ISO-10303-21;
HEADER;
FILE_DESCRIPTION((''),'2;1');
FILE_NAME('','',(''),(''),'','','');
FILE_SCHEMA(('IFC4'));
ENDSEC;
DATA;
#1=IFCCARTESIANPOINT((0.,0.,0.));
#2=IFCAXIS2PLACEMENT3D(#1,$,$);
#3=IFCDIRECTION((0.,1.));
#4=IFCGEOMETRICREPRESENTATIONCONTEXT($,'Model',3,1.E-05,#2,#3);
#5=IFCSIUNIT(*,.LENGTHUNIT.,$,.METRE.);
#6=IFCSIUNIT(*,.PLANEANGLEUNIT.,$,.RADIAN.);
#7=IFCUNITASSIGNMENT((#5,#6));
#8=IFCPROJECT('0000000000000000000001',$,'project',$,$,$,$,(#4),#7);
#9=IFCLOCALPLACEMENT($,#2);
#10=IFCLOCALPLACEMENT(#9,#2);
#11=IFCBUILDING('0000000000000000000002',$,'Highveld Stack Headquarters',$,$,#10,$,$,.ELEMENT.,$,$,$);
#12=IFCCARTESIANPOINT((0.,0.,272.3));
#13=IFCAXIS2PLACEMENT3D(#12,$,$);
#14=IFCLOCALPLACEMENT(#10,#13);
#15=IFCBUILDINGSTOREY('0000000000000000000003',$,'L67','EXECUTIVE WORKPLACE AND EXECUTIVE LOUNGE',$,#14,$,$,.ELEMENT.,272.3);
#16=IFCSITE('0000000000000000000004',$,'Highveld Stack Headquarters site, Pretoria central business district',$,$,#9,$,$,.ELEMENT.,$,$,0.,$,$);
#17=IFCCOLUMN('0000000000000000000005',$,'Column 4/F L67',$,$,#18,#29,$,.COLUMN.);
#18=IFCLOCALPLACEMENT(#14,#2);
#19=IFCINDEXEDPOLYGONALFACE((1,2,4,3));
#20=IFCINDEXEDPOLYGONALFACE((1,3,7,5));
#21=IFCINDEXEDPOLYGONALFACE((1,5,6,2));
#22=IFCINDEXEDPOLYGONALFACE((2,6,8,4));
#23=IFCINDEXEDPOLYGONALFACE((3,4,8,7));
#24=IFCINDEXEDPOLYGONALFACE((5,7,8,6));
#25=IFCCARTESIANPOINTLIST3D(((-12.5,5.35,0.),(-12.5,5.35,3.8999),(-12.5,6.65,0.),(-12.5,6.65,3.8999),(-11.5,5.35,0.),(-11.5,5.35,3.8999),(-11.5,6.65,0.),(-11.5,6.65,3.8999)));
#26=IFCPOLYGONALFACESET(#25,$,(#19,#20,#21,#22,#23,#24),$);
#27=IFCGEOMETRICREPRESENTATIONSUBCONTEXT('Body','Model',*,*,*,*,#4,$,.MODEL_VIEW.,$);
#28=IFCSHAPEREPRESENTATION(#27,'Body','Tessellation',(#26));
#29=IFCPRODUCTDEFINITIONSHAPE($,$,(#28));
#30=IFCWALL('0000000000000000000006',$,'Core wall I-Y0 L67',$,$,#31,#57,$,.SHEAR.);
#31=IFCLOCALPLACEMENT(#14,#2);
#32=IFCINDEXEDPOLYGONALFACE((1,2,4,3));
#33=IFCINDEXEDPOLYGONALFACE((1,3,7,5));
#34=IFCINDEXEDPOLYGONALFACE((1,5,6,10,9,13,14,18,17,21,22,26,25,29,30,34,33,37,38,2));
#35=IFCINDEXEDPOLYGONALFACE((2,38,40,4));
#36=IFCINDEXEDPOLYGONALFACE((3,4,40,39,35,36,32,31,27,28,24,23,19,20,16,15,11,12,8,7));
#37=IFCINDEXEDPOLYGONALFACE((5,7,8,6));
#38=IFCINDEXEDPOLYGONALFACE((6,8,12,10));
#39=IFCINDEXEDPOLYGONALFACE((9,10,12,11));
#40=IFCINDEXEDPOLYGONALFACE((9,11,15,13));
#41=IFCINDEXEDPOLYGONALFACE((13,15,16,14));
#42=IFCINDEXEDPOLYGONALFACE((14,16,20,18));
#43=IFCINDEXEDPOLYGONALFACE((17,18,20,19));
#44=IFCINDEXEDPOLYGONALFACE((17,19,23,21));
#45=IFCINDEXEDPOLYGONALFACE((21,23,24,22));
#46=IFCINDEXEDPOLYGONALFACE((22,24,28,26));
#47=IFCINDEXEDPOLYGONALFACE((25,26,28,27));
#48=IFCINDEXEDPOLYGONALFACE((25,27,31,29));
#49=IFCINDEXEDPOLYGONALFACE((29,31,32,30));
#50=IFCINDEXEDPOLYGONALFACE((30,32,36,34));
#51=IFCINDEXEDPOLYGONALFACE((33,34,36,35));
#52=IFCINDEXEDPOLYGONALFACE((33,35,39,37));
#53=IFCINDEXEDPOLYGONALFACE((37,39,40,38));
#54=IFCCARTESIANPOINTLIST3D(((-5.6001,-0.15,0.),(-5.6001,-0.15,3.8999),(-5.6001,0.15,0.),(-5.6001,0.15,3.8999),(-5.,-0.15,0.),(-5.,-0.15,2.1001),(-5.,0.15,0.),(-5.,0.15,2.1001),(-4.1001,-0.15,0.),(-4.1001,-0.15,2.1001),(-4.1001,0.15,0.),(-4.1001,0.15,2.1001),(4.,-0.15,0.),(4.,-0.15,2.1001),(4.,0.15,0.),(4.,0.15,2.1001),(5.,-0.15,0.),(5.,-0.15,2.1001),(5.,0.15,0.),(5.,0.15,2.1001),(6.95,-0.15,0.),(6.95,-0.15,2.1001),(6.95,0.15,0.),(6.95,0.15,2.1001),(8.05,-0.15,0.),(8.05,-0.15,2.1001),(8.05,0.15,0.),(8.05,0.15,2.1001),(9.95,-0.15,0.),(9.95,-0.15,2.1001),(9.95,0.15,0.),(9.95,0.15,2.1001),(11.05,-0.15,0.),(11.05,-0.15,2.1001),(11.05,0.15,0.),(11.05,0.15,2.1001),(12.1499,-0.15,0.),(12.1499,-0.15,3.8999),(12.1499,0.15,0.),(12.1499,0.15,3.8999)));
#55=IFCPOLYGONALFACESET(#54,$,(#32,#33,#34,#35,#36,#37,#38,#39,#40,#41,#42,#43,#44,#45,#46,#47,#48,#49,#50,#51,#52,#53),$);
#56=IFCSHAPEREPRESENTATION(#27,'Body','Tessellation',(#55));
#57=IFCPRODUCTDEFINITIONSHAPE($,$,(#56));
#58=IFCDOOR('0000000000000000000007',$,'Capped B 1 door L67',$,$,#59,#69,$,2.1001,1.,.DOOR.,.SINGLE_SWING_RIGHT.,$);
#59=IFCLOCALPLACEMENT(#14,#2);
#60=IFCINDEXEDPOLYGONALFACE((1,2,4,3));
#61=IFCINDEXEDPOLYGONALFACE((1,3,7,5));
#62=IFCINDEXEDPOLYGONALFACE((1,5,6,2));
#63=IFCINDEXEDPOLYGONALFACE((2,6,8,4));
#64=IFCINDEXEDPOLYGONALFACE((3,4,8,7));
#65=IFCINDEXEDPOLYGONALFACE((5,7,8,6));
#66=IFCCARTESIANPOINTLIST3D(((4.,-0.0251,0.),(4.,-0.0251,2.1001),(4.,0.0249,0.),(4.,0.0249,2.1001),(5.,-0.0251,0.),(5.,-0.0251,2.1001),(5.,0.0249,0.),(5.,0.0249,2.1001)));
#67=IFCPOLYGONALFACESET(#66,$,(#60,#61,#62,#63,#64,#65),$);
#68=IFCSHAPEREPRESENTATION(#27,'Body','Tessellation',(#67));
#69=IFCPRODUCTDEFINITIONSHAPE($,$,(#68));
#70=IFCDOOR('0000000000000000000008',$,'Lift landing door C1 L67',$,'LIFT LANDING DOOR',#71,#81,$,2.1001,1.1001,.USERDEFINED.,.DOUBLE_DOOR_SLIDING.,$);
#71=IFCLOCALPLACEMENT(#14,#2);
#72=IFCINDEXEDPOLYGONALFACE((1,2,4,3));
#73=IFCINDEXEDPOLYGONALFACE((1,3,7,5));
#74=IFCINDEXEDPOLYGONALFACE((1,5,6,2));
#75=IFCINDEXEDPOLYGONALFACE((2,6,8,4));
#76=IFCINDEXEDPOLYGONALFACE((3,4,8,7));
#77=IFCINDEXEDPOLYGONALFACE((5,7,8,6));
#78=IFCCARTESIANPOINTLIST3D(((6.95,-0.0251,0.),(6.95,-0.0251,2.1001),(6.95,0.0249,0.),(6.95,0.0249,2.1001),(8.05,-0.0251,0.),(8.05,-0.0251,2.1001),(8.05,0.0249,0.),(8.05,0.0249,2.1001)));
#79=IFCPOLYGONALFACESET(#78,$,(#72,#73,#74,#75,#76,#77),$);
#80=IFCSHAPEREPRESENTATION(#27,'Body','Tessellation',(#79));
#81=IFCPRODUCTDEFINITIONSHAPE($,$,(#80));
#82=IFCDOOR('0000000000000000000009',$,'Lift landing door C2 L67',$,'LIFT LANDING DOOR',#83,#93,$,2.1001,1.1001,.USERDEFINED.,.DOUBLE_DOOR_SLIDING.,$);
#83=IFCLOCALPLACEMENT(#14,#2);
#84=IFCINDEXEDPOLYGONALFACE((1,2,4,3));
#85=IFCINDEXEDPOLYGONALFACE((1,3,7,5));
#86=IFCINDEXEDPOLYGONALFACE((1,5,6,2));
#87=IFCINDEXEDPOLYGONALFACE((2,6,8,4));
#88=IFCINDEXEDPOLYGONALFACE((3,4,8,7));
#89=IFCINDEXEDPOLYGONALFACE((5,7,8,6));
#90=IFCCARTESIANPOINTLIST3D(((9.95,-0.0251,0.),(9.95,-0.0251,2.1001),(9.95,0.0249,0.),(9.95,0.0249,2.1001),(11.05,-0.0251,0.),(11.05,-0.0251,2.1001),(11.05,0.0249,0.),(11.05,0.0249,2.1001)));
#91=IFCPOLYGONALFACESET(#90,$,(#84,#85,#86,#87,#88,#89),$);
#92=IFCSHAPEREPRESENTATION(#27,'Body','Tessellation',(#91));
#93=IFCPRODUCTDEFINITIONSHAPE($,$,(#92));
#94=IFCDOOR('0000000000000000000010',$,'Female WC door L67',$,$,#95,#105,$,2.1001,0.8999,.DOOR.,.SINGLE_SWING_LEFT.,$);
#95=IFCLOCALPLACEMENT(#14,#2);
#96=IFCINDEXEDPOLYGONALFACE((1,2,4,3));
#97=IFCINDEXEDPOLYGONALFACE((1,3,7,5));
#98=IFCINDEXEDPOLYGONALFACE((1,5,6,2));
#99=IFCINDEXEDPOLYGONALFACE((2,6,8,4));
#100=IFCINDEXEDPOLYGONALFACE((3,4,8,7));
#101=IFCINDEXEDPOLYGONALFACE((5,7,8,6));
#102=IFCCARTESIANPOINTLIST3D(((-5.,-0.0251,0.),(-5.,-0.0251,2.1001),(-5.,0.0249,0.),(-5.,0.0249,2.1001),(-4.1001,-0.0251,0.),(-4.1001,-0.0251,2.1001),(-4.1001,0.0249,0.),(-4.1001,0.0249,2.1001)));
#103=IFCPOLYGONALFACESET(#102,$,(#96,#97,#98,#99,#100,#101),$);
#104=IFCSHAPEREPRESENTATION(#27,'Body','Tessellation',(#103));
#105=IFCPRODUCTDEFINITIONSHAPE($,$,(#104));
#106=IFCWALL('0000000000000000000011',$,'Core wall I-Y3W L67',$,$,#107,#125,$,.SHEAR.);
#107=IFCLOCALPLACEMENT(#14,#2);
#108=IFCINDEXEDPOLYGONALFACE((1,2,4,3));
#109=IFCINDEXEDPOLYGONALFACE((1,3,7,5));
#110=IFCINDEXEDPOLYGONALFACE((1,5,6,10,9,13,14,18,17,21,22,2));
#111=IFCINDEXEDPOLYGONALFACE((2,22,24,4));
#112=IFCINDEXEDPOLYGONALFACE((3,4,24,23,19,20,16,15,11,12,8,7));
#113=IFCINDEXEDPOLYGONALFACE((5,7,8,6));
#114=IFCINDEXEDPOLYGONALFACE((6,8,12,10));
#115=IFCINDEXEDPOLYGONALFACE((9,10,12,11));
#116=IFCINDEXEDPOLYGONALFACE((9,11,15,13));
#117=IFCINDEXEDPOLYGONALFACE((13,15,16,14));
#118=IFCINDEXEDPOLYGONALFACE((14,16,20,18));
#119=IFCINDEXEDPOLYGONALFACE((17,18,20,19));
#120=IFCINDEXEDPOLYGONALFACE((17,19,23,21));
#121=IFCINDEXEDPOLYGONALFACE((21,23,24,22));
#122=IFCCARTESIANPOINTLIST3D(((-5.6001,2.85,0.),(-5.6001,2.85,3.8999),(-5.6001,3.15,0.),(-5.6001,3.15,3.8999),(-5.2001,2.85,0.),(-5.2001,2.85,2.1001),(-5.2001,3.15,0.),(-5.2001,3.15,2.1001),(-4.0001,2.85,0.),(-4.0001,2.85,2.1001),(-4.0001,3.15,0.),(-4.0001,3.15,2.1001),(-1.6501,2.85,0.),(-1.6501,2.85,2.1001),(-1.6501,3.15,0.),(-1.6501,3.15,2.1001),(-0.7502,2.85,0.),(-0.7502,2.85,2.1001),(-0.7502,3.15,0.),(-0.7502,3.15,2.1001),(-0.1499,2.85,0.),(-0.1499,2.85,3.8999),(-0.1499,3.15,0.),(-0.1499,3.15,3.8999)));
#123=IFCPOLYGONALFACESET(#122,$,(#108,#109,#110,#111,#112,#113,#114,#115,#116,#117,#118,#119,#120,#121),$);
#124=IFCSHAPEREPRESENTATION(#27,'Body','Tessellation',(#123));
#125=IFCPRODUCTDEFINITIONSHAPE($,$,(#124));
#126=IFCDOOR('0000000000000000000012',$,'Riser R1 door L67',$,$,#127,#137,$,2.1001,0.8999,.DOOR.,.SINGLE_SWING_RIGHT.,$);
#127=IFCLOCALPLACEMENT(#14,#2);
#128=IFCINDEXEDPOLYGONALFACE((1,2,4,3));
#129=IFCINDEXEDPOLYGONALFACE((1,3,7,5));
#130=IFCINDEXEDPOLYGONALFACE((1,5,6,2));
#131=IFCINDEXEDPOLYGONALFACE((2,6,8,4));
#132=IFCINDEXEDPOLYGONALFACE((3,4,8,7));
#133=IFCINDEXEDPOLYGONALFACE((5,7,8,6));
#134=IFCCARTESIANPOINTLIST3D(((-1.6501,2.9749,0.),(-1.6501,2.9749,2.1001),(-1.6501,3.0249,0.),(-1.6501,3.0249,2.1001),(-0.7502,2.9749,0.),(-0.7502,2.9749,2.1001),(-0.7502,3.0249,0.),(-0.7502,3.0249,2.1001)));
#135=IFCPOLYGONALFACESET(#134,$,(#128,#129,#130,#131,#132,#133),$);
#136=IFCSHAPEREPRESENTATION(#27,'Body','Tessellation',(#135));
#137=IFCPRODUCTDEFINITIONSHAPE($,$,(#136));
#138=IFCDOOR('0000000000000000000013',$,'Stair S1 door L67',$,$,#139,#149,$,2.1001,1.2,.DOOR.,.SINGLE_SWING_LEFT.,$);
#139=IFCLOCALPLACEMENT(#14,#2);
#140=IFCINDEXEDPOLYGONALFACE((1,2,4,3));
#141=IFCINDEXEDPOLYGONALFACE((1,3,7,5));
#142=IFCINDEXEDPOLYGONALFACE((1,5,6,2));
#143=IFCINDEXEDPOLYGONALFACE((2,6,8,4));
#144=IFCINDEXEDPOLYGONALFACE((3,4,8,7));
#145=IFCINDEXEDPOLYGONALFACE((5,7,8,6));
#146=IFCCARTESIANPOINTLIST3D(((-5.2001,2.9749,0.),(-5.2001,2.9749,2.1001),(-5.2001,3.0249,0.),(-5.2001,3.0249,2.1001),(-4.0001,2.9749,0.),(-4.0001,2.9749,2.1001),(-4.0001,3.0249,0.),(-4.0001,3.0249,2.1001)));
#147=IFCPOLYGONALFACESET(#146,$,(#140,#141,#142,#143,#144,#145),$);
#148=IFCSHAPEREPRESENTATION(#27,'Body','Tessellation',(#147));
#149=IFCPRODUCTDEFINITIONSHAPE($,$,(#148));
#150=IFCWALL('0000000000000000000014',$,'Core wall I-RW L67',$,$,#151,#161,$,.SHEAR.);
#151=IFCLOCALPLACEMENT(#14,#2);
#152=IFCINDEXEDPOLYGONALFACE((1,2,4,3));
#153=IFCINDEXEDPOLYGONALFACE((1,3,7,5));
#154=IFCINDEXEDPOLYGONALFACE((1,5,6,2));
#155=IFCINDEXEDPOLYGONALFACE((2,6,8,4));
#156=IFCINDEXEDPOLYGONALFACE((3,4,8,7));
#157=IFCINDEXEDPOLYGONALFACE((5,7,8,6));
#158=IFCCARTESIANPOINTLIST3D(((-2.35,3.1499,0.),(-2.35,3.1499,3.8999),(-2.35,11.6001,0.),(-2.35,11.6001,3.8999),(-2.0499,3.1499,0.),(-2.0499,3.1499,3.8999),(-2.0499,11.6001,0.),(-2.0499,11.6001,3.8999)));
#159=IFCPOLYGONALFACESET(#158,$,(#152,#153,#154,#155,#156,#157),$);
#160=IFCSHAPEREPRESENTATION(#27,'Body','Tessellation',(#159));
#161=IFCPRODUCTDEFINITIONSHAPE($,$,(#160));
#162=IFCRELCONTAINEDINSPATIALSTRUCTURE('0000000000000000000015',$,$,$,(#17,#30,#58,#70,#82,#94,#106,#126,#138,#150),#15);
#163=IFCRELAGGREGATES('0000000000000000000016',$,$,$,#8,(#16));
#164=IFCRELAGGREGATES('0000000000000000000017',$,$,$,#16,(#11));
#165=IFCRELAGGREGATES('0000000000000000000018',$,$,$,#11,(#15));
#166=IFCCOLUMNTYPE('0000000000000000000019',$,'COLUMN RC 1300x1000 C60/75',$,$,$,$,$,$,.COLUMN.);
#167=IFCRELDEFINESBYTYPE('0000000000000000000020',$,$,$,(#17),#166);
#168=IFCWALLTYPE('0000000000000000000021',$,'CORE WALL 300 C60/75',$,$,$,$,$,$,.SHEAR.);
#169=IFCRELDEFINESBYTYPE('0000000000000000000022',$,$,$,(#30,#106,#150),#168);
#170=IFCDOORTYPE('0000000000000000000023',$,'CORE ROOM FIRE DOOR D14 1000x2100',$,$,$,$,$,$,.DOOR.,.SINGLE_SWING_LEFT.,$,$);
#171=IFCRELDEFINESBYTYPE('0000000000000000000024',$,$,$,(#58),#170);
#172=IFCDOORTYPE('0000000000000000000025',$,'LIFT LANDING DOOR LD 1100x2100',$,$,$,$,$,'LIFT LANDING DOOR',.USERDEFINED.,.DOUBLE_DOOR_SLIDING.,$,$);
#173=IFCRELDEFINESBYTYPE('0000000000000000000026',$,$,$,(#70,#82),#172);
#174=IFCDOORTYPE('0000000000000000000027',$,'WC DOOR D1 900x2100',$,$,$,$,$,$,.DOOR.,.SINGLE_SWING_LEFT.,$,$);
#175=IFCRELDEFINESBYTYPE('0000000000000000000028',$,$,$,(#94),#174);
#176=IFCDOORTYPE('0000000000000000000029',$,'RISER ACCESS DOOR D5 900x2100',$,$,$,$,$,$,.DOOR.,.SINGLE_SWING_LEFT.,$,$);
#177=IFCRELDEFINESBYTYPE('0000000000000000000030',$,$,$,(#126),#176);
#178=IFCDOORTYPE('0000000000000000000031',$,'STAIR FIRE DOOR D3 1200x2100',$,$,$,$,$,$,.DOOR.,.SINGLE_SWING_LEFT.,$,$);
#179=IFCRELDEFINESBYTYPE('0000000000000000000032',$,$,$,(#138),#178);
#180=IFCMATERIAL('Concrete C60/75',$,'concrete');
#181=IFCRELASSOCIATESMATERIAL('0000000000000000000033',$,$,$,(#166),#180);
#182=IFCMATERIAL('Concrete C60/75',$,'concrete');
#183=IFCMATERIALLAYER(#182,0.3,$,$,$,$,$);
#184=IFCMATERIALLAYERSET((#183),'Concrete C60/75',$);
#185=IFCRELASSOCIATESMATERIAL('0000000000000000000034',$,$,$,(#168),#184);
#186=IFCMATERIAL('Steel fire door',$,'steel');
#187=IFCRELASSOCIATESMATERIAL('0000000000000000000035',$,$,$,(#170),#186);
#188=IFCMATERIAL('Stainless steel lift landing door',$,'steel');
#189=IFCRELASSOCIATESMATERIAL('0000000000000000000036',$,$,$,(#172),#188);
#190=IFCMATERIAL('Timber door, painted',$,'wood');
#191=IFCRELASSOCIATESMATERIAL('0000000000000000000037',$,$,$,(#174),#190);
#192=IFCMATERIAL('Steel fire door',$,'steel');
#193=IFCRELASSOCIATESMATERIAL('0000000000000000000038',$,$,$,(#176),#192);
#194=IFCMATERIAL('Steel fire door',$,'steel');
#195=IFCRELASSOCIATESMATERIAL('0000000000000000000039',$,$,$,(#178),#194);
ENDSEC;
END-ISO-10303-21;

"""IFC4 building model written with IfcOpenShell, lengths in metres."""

from ifc_helpers import new_model, si_unit, direction, frame, frame_2d, origin, origin_2d, place, context, subcontext, project, spatial, rectangle, extrude, material, layer, layer_set, material_profile, profile_set, type_object, element, fill, save


model = new_model("IFC4")

# Units and contexts
model_context = context("Model", 3, precision=1e-05, world=origin(), true_north=direction((0.0, 1.0)))
body_context = subcontext(model_context, "Body", "Model", "MODEL_VIEW")
ifc_project = project(units=[si_unit("LENGTHUNIT", "METRE"), si_unit("PLANEANGLEUNIT", "RADIAN")], contexts=[model_context])

# Site, building, storey
site_placement = place(None, origin())
site = spatial("IfcSite", under=ifc_project, at=site_placement, Name="Highveld Stack Headquarters site, Pretoria central business district", CompositionType="ELEMENT", RefElevation=0.0)
building_placement = place(site_placement, origin())
building = spatial("IfcBuilding", under=site, at=building_placement, Name="Highveld Stack Headquarters", CompositionType="ELEMENT")
storey_placement = place(building_placement, frame((0.0, 0.0, 272.3)))
storey = spatial("IfcBuildingStorey", under=building, at=storey_placement, Name="L67", Description="EXECUTIVE WORKPLACE AND EXECUTIVE LOUNGE", CompositionType="ELEMENT", Elevation=272.3)

# Column
ifc_material_1 = material(Name="Concrete C60/75", Category="concrete")
ifc_material_profile = material_profile(ifc_material_1, rectangle(XDim=1.3, YDim=1.0, at=origin_2d()), Name="RC 1300x1000")
ifc_profile_set = profile_set([ifc_material_profile], Name="Concrete C60/75")
column_type = type_object("IfcColumnType", Name="COLUMN RC 1300x1000 C60/75", PredefinedType="COLUMN", material=ifc_profile_set)
column_placement = place(storey_placement, frame((-12.0, 6.0, 0.0), z_axis=(0.0, 0.0, 1.0), x_axis=(0.0, 1.0, 0.0)))
element("IfcColumn", 1, at=column_placement, inside=storey, type_object=column_type, Name="Column 4/F L67", PredefinedType="COLUMN", context=body_context, shape_type="SweptSolid", body=[
    extrude(rectangle(XDim=1.3, YDim=1.0, at=origin_2d()), origin(), (0.0, 0.0, 1.0), 3.8999),
])

# Walls, openings, doors
ifc_material_2 = material(Name="Concrete C60/75", Category="concrete")
ifc_layer = layer(ifc_material_2, 0.3)
ifc_layer_set = layer_set([ifc_layer], Name="Concrete C60/75")
wall_type = type_object("IfcWallType", Name="CORE WALL 300 C60/75", PredefinedType="SHEAR", material=ifc_layer_set)
wall_1_placement = place(storey_placement, frame((-5.6001, 0.0, 0.0), z_axis=(0.0, 0.0, 1.0), x_axis=(1.0, 0.0, 0.0)))
wall_1 = element("IfcWall", 2, at=wall_1_placement, inside=storey, type_object=wall_type, Name="Core wall I-Y0 L67", PredefinedType="SHEAR", context=body_context, shape_type="SweptSolid", body=[
    extrude(rectangle(XDim=17.75, YDim=0.3, at=frame_2d((8.875, 0.0))), origin(), (0.0, 0.0, 1.0), 3.8999),
])
opening_1_placement = place(wall_1_placement, frame((0.6001, 0.0, 0.0)))
opening_1 = element("IfcOpeningElement", 3, at=opening_1_placement, cuts=wall_1, PredefinedType="OPENING", context=body_context, shape_type="SweptSolid", body=[
    extrude(rectangle(XDim=0.8999, YDim=2.1001, at=frame_2d((0.45, 1.05))), frame((0.0, 0.1599, 0.0), z_axis=(0.0, -1.0, 0.0), x_axis=(1.0, 0.0, 0.0)), (0.0, 0.0, 1.0), 0.3201),
])
opening_2_placement = place(wall_1_placement, frame((9.6001, 0.0, 0.0)))
opening_2 = element("IfcOpeningElement", 4, at=opening_2_placement, cuts=wall_1, PredefinedType="OPENING", context=body_context, shape_type="SweptSolid", body=[
    extrude(rectangle(XDim=1.0, YDim=2.1001, at=frame_2d((0.5, 1.05))), frame((0.0, 0.1599, 0.0), z_axis=(0.0, -1.0, 0.0), x_axis=(1.0, 0.0, 0.0)), (0.0, 0.0, 1.0), 0.3201),
])
opening_3_placement = place(wall_1_placement, frame((12.55, 0.0, 0.0)))
opening_3 = element("IfcOpeningElement", 5, at=opening_3_placement, cuts=wall_1, PredefinedType="OPENING", context=body_context, shape_type="SweptSolid", body=[
    extrude(rectangle(XDim=1.1001, YDim=2.1001, at=frame_2d((0.55, 1.05))), frame((0.0, 0.1599, 0.0), z_axis=(0.0, -1.0, 0.0), x_axis=(1.0, 0.0, 0.0)), (0.0, 0.0, 1.0), 0.3201),
])
opening_4_placement = place(wall_1_placement, frame((15.55, 0.0, 0.0)))
opening_4 = element("IfcOpeningElement", 6, at=opening_4_placement, cuts=wall_1, PredefinedType="OPENING", context=body_context, shape_type="SweptSolid", body=[
    extrude(rectangle(XDim=1.1001, YDim=2.1001, at=frame_2d((0.55, 1.05))), frame((0.0, 0.1599, 0.0), z_axis=(0.0, -1.0, 0.0), x_axis=(1.0, 0.0, 0.0)), (0.0, 0.0, 1.0), 0.3201),
])
ifc_material_3 = material(Name="Steel fire door", Category="steel")
door_type_1 = type_object("IfcDoorType", Name="CORE ROOM FIRE DOOR D14 1000x2100", OperationType="SINGLE_SWING_LEFT", PredefinedType="DOOR", material=ifc_material_3)
door_1_placement = place(opening_2_placement, origin())
door_1 = element("IfcDoor", 7, at=door_1_placement, inside=storey, type_object=door_type_1, Name="Capped B 1 door L67", OperationType="SINGLE_SWING_RIGHT", OverallHeight=2.1001, OverallWidth=1.0, PredefinedType="DOOR", context=body_context, shape_type="SweptSolid", body=[
    extrude(rectangle(XDim=1.0, YDim=2.1001, at=frame_2d((0.5, 1.05))), frame((0.0, 0.0249, 0.0), z_axis=(0.0, -1.0, 0.0), x_axis=(1.0, 0.0, 0.0)), (0.0, 0.0, 1.0), 0.05),
])
fill(opening_2, door_1)
ifc_material_4 = material(Name="Stainless steel lift landing door", Category="steel")
door_type_2 = type_object("IfcDoorType", Name="LIFT LANDING DOOR LD 1100x2100", ElementType="LIFT LANDING DOOR", OperationType="DOUBLE_DOOR_SLIDING", PredefinedType="USERDEFINED", material=ifc_material_4)
door_2_placement = place(opening_3_placement, origin())
door_2 = element("IfcDoor", 8, at=door_2_placement, inside=storey, type_object=door_type_2, Name="Lift landing door C1 L67", ObjectType="LIFT LANDING DOOR", OperationType="DOUBLE_DOOR_SLIDING", OverallHeight=2.1001, OverallWidth=1.1001, PredefinedType="USERDEFINED", context=body_context, shape_type="SweptSolid", body=[
    extrude(rectangle(XDim=1.1001, YDim=2.1001, at=frame_2d((0.55, 1.05))), frame((0.0, 0.0249, 0.0), z_axis=(0.0, -1.0, 0.0), x_axis=(1.0, 0.0, 0.0)), (0.0, 0.0, 1.0), 0.05),
])
fill(opening_3, door_2)
door_3_placement = place(opening_4_placement, origin())
door_3 = element("IfcDoor", 9, at=door_3_placement, inside=storey, type_object=door_type_2, Name="Lift landing door C2 L67", ObjectType="LIFT LANDING DOOR", OperationType="DOUBLE_DOOR_SLIDING", OverallHeight=2.1001, OverallWidth=1.1001, PredefinedType="USERDEFINED", context=body_context, shape_type="SweptSolid", body=[
    extrude(rectangle(XDim=1.1001, YDim=2.1001, at=frame_2d((0.55, 1.05))), frame((0.0, 0.0249, 0.0), z_axis=(0.0, -1.0, 0.0), x_axis=(1.0, 0.0, 0.0)), (0.0, 0.0, 1.0), 0.05),
])
fill(opening_4, door_3)
ifc_material_5 = material(Name="Timber door, painted", Category="wood")
door_type_3 = type_object("IfcDoorType", Name="WC DOOR D1 900x2100", OperationType="SINGLE_SWING_LEFT", PredefinedType="DOOR", material=ifc_material_5)
door_4_placement = place(opening_1_placement, origin())
door_4 = element("IfcDoor", 10, at=door_4_placement, inside=storey, type_object=door_type_3, Name="Female WC door L67", OperationType="SINGLE_SWING_LEFT", OverallHeight=2.1001, OverallWidth=0.8999, PredefinedType="DOOR", context=body_context, shape_type="SweptSolid", body=[
    extrude(rectangle(XDim=0.8999, YDim=2.1001, at=frame_2d((0.45, 1.05))), frame((0.0, 0.0249, 0.0), z_axis=(0.0, -1.0, 0.0), x_axis=(1.0, 0.0, 0.0)), (0.0, 0.0, 1.0), 0.05),
])
fill(opening_1, door_4)
wall_2_placement = place(storey_placement, frame((-5.6001, 3.0, 0.0), z_axis=(0.0, 0.0, 1.0), x_axis=(1.0, 0.0, 0.0)))
wall_2 = element("IfcWall", 11, at=wall_2_placement, inside=storey, type_object=wall_type, Name="Core wall I-Y3W L67", PredefinedType="SHEAR", context=body_context, shape_type="SweptSolid", body=[
    extrude(rectangle(XDim=5.4502, YDim=0.3, at=frame_2d((2.7251, 0.0))), origin(), (0.0, 0.0, 1.0), 3.8999),
])
opening_5_placement = place(wall_2_placement, frame((0.3999, 0.0, 0.0)))
opening_5 = element("IfcOpeningElement", 12, at=opening_5_placement, cuts=wall_2, PredefinedType="OPENING", context=body_context, shape_type="SweptSolid", body=[
    extrude(rectangle(XDim=1.2, YDim=2.1001, at=frame_2d((0.6001, 1.05))), frame((0.0, 0.1599, 0.0), z_axis=(0.0, -1.0, 0.0), x_axis=(1.0, 0.0, 0.0)), (0.0, 0.0, 1.0), 0.3201),
])
opening_6_placement = place(wall_2_placement, frame((3.95, 0.0, 0.0)))
opening_6 = element("IfcOpeningElement", 13, at=opening_6_placement, cuts=wall_2, PredefinedType="OPENING", context=body_context, shape_type="SweptSolid", body=[
    extrude(rectangle(XDim=0.8999, YDim=2.1001, at=frame_2d((0.45, 1.05))), frame((0.0, 0.1599, 0.0), z_axis=(0.0, -1.0, 0.0), x_axis=(1.0, 0.0, 0.0)), (0.0, 0.0, 1.0), 0.3201),
])
ifc_material_6 = material(Name="Steel fire door", Category="steel")
door_type_4 = type_object("IfcDoorType", Name="RISER ACCESS DOOR D5 900x2100", OperationType="SINGLE_SWING_LEFT", PredefinedType="DOOR", material=ifc_material_6)
door_5_placement = place(opening_6_placement, origin())
door_5 = element("IfcDoor", 14, at=door_5_placement, inside=storey, type_object=door_type_4, Name="Riser R1 door L67", OperationType="SINGLE_SWING_RIGHT", OverallHeight=2.1001, OverallWidth=0.8999, PredefinedType="DOOR", context=body_context, shape_type="SweptSolid", body=[
    extrude(rectangle(XDim=0.8999, YDim=2.1001, at=frame_2d((0.45, 1.05))), frame((0.0, 0.0249, 0.0), z_axis=(0.0, -1.0, 0.0), x_axis=(1.0, 0.0, 0.0)), (0.0, 0.0, 1.0), 0.05),
])
fill(opening_6, door_5)
ifc_material_7 = material(Name="Steel fire door", Category="steel")
door_type_5 = type_object("IfcDoorType", Name="STAIR FIRE DOOR D3 1200x2100", OperationType="SINGLE_SWING_LEFT", PredefinedType="DOOR", material=ifc_material_7)
door_6_placement = place(opening_5_placement, origin())
door_6 = element("IfcDoor", 15, at=door_6_placement, inside=storey, type_object=door_type_5, Name="Stair S1 door L67", OperationType="SINGLE_SWING_LEFT", OverallHeight=2.1001, OverallWidth=1.2, PredefinedType="DOOR", context=body_context, shape_type="SweptSolid", body=[
    extrude(rectangle(XDim=1.2, YDim=2.1001, at=frame_2d((0.6001, 1.05))), frame((0.0, 0.0249, 0.0), z_axis=(0.0, -1.0, 0.0), x_axis=(1.0, 0.0, 0.0)), (0.0, 0.0, 1.0), 0.05),
])
fill(opening_5, door_6)

# Wall
wall_3_placement = place(storey_placement, frame((-2.2, 3.1499, 0.0), z_axis=(0.0, 0.0, 1.0), x_axis=(0.0, 1.0, 0.0)))
element("IfcWall", 16, at=wall_3_placement, inside=storey, type_object=wall_type, Name="Core wall I-RW L67", PredefinedType="SHEAR", context=body_context, shape_type="SweptSolid", body=[
    extrude(rectangle(XDim=8.4502, YDim=0.3, at=frame_2d((4.2251, 0.0))), origin(), (0.0, 0.0, 1.0), 3.8999),
])

save(model, "model.ifc")
